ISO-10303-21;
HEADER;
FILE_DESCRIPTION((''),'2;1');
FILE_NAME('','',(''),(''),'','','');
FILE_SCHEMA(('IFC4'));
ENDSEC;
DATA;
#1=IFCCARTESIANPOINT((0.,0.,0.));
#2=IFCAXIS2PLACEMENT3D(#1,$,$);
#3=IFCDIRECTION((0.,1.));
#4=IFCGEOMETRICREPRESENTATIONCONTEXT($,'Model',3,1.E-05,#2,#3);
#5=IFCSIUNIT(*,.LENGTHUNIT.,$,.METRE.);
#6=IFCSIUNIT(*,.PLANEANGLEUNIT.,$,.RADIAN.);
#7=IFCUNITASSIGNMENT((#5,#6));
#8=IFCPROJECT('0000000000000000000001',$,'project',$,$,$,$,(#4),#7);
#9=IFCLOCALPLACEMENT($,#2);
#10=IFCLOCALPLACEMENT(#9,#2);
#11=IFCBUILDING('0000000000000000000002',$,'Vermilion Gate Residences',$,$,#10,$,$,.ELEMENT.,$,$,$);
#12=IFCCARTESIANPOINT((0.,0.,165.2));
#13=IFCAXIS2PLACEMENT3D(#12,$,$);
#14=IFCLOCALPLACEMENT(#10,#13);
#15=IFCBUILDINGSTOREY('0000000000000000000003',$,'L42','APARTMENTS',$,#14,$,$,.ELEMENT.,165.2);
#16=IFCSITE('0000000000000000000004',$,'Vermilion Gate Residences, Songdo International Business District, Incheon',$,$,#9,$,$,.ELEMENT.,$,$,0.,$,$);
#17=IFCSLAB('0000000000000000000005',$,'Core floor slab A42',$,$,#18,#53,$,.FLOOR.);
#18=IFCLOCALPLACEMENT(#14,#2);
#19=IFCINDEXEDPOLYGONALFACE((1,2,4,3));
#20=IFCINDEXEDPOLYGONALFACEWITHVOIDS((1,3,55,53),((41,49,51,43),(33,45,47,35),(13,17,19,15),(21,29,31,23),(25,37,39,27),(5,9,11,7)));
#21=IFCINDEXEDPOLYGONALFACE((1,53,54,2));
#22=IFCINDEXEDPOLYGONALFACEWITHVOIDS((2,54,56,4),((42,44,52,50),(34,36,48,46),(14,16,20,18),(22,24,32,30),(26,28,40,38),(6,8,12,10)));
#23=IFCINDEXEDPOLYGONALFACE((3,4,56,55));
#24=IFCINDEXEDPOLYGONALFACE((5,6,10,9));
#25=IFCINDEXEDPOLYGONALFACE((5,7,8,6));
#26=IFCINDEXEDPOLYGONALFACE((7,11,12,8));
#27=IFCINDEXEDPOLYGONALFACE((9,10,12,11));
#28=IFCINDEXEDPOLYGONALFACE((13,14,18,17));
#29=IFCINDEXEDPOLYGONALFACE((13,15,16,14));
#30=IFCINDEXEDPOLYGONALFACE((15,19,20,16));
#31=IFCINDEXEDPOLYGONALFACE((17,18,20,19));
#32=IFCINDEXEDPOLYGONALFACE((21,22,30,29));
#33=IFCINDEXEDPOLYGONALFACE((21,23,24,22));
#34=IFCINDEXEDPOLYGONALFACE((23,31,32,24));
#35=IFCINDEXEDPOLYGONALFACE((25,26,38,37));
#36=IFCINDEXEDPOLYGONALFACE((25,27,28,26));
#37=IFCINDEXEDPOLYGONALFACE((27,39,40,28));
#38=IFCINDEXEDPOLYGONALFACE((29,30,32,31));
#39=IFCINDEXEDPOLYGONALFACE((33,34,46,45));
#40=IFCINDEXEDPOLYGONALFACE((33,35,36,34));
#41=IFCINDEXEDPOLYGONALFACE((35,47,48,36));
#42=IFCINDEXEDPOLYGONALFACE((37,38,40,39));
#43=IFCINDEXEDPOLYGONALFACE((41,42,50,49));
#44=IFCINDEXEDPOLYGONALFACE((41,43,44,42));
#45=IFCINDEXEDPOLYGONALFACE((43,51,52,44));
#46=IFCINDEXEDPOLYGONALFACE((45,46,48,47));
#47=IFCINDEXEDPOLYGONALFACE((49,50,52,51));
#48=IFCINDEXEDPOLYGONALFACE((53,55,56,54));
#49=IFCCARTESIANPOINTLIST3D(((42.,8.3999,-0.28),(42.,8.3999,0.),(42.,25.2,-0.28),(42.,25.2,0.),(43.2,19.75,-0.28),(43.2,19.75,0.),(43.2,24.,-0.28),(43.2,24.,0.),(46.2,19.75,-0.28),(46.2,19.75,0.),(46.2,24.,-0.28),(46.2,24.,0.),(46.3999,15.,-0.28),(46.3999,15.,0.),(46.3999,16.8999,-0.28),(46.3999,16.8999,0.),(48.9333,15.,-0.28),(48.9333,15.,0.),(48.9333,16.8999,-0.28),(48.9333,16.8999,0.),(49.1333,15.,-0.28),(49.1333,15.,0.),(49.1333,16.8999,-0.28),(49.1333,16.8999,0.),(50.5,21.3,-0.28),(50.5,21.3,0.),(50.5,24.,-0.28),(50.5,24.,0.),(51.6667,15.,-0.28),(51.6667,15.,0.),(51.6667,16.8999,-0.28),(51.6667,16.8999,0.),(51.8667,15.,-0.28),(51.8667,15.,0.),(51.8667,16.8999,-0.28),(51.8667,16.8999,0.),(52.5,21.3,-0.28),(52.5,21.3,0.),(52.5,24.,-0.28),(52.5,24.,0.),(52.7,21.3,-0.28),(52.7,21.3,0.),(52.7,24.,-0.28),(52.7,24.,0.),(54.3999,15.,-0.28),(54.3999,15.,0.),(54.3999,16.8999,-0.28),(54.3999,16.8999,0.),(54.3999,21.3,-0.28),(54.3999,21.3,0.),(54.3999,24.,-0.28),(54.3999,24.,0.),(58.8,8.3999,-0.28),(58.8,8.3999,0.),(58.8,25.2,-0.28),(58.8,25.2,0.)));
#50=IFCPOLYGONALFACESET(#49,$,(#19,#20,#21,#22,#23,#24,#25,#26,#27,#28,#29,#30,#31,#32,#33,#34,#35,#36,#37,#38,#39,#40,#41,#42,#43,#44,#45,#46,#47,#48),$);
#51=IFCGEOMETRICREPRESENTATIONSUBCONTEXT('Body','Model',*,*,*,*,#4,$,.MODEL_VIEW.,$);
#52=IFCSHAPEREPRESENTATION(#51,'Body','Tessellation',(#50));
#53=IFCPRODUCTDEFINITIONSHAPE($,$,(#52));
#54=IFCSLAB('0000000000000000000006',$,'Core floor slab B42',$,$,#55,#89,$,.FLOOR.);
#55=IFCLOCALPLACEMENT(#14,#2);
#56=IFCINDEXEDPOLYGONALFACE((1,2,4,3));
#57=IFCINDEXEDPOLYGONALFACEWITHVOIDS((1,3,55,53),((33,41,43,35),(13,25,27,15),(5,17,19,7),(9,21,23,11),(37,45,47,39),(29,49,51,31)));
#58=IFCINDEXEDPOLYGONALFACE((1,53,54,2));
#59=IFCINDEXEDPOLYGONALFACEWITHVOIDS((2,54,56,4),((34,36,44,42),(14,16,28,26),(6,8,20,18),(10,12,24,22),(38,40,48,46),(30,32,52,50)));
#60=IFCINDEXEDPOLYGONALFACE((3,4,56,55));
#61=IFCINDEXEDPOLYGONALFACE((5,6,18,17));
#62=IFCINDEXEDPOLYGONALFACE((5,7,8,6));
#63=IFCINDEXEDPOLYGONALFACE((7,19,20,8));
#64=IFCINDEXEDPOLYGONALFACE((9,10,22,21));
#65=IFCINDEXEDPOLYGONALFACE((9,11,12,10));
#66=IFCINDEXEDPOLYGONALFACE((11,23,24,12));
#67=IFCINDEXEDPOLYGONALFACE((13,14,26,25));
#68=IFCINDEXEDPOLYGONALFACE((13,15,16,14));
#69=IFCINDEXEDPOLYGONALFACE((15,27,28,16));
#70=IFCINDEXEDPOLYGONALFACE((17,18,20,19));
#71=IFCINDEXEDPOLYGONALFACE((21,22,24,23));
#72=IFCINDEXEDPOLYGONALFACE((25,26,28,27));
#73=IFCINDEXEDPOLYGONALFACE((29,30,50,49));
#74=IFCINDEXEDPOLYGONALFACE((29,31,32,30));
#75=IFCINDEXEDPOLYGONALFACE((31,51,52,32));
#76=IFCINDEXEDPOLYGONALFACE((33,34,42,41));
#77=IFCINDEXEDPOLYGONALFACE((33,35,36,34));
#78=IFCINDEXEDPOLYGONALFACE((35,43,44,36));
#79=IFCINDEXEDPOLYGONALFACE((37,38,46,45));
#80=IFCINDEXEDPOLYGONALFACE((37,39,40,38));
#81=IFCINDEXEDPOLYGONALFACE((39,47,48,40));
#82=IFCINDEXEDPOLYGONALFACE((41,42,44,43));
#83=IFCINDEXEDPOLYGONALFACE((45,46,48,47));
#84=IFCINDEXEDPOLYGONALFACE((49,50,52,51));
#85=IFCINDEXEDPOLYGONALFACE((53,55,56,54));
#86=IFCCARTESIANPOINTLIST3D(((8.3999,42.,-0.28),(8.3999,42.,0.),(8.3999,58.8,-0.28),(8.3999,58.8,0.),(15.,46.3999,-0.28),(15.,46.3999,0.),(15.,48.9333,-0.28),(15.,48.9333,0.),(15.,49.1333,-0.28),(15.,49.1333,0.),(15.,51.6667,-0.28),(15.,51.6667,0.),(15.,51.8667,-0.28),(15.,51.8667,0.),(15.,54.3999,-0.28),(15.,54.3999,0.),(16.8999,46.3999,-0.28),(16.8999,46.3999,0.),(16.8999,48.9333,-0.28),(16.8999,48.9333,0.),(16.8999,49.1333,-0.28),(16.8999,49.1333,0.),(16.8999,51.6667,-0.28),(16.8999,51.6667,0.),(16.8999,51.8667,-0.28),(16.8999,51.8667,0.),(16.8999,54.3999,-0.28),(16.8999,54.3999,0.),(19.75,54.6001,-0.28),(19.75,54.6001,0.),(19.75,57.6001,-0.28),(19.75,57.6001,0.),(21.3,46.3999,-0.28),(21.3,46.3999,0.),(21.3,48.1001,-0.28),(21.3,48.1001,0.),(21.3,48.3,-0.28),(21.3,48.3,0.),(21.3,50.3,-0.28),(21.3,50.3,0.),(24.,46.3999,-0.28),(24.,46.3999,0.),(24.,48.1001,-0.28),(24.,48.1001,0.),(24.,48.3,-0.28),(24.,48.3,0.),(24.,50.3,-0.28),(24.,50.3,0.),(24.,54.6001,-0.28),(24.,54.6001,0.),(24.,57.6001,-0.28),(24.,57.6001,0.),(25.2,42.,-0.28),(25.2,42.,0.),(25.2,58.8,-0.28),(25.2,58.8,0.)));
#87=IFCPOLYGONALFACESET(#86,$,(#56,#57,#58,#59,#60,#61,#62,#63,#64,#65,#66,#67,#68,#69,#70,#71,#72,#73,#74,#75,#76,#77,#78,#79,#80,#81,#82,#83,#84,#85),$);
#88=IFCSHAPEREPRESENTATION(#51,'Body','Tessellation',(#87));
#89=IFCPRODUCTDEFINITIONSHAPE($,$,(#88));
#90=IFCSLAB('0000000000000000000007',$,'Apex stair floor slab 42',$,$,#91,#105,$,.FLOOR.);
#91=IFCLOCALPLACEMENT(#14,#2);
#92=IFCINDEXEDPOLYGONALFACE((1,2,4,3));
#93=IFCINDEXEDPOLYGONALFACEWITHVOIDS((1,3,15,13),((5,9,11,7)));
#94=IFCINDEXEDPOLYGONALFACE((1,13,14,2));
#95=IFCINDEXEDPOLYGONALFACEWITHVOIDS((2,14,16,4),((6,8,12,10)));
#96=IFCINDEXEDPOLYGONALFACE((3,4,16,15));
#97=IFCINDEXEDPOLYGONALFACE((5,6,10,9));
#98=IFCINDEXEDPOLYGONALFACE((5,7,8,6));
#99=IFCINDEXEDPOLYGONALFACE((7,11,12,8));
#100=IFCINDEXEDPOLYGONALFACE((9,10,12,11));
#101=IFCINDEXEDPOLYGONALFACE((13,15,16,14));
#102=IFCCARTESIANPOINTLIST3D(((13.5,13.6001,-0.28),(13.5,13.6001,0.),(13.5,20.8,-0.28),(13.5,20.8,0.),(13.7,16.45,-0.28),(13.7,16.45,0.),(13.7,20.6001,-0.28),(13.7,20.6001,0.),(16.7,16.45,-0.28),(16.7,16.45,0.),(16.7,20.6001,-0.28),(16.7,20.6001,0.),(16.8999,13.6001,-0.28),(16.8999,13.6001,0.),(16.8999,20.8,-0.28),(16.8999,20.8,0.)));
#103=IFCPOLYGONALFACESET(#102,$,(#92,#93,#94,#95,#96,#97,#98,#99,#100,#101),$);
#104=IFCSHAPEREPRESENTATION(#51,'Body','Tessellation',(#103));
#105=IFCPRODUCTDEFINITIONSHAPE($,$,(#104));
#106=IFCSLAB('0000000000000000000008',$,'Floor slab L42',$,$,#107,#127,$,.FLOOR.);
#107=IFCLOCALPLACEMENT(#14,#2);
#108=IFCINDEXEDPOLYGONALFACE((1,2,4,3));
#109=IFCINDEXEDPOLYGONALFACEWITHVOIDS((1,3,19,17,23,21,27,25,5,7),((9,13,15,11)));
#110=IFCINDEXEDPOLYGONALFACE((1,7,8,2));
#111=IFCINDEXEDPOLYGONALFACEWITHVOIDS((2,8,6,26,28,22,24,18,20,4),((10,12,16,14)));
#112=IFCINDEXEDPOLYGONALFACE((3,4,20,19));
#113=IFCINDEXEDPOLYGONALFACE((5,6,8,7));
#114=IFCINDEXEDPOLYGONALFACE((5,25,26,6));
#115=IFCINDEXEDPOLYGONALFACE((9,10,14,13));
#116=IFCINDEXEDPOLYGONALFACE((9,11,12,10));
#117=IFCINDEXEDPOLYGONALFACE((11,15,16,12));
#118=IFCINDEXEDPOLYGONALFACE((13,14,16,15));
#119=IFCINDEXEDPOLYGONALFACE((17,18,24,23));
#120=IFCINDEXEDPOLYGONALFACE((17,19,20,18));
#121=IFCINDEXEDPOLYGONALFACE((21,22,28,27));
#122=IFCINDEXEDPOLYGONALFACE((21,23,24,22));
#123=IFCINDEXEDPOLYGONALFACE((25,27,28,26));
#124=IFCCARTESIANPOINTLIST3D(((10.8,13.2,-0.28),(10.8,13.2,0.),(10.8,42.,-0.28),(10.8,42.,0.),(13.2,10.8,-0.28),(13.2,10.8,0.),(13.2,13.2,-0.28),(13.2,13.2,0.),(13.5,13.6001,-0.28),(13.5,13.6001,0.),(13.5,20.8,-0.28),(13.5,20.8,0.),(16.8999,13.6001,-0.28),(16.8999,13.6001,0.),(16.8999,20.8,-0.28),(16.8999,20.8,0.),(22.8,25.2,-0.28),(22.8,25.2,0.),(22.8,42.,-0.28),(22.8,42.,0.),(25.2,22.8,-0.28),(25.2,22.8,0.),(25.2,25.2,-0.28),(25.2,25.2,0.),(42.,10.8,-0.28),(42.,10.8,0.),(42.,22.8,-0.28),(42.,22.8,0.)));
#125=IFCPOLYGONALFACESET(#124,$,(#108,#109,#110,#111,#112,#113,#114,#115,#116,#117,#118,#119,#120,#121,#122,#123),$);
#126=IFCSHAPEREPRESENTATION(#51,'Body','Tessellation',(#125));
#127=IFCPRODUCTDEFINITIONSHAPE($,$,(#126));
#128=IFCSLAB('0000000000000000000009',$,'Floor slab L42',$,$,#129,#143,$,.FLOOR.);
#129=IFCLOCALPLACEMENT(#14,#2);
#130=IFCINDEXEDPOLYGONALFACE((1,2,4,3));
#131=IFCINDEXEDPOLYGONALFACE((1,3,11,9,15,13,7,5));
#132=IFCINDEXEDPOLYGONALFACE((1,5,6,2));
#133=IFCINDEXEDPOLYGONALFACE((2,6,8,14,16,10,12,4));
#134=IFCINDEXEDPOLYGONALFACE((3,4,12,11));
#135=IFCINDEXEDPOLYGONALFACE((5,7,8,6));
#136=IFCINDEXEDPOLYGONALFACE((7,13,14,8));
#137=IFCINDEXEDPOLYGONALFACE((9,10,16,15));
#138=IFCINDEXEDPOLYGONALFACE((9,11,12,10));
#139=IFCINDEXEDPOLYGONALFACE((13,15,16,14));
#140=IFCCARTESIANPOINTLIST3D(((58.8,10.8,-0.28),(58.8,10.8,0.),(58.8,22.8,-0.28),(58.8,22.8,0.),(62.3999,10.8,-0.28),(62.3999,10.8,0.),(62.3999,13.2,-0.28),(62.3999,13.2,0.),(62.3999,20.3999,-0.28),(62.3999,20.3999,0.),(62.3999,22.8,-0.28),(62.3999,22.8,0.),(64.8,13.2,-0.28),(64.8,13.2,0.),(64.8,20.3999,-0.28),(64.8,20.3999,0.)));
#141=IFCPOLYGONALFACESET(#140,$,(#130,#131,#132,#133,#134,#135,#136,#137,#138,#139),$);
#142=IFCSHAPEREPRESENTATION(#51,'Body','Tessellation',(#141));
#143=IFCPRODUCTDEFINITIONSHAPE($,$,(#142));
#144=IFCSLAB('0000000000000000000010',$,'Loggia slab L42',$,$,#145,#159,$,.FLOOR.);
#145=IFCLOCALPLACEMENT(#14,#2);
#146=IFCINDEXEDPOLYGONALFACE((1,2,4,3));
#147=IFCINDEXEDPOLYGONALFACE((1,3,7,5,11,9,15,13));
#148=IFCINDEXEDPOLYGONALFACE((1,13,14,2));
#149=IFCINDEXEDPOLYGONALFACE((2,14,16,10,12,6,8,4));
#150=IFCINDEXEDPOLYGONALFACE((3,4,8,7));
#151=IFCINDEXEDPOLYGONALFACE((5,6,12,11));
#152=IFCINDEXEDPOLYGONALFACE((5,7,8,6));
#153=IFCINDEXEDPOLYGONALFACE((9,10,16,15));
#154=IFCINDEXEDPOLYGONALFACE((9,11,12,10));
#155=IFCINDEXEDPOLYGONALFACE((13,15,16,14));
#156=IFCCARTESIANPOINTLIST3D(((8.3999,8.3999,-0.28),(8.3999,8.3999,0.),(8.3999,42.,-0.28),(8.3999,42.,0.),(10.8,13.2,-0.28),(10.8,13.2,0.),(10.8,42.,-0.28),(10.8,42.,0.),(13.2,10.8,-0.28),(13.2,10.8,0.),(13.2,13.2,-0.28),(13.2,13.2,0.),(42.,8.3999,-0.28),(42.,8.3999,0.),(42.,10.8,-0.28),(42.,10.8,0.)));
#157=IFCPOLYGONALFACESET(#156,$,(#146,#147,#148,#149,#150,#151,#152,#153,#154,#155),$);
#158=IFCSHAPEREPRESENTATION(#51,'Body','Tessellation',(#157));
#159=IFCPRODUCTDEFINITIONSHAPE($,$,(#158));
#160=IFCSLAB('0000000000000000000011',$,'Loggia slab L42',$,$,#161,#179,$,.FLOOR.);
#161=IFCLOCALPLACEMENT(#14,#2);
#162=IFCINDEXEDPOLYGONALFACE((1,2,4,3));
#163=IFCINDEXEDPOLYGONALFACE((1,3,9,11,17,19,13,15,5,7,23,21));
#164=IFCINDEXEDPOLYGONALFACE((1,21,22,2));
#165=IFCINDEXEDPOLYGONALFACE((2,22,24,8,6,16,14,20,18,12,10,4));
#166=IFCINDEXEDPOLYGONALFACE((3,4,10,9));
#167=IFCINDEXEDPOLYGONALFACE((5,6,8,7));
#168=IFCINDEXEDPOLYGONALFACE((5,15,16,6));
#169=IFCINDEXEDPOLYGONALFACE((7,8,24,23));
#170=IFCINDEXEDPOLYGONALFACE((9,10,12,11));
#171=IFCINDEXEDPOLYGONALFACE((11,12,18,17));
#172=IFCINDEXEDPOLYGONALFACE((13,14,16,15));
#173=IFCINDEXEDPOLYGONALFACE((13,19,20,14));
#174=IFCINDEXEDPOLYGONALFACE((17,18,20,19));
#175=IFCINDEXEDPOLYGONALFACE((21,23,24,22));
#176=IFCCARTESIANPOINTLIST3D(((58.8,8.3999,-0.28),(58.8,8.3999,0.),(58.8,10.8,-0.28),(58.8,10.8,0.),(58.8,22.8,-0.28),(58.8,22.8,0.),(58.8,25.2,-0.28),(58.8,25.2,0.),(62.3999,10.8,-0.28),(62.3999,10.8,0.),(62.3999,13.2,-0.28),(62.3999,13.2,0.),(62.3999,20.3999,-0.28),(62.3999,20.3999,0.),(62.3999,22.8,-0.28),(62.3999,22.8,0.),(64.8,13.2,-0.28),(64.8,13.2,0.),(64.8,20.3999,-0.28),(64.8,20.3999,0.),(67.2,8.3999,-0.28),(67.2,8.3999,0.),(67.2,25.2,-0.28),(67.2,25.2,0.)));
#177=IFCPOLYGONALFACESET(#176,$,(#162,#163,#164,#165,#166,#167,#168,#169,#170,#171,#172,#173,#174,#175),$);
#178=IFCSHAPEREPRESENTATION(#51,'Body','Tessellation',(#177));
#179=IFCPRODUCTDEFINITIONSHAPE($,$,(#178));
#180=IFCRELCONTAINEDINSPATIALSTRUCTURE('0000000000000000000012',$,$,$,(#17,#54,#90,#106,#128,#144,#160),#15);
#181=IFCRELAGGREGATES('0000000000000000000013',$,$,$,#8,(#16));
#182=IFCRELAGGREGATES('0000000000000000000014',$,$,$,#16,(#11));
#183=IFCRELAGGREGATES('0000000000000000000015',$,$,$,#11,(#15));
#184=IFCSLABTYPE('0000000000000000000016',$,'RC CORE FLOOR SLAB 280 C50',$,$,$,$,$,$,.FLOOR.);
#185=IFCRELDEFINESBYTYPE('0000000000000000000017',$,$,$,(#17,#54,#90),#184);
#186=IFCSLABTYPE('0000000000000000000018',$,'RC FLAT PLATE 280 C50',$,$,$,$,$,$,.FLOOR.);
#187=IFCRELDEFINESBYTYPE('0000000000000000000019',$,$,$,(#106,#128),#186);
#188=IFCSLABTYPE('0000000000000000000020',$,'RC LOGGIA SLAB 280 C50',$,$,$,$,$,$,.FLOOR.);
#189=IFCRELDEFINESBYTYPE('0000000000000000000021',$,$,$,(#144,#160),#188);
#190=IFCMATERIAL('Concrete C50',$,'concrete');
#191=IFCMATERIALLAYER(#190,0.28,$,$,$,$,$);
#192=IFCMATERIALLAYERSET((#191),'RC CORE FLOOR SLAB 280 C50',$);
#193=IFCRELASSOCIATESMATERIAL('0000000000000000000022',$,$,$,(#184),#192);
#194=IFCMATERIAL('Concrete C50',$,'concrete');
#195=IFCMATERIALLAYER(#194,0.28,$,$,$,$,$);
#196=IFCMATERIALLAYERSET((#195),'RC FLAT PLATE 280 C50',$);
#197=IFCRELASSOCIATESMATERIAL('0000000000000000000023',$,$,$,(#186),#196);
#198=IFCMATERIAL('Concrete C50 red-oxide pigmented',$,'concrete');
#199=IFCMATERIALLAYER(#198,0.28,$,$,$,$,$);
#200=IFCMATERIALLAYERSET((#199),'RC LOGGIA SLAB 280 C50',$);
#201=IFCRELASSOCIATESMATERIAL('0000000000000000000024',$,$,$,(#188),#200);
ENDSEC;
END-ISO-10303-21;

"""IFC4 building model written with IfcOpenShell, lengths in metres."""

from ifc_helpers import new_model, si_unit, direction, frame, origin, place, context, subcontext, project, spatial, polyline, outline, extrude, material, layer, layer_set, type_object, element, save


model = new_model("IFC4")

# Units and contexts
model_context = context("Model", 3, precision=1e-05, world=origin(), true_north=direction((0.0, 1.0)))
body_context = subcontext(model_context, "Body", "Model", "MODEL_VIEW")
ifc_project = project(units=[si_unit("LENGTHUNIT", "METRE"), si_unit("PLANEANGLEUNIT", "RADIAN")], contexts=[model_context])

# Site, building, storey
site_placement = place(None, origin())
site = spatial("IfcSite", under=ifc_project, at=site_placement, Name="Vermilion Gate Residences, Songdo International Business District, Incheon", CompositionType="ELEMENT", RefElevation=0.0)
building_placement = place(site_placement, origin())
building = spatial("IfcBuilding", under=site, at=building_placement, Name="Vermilion Gate Residences", CompositionType="ELEMENT")
storey_placement = place(building_placement, frame((0.0, 0.0, 165.2)))
storey = spatial("IfcBuildingStorey", under=building, at=storey_placement, Name="L42", Description="APARTMENTS", CompositionType="ELEMENT", Elevation=165.2)

# Slabs
ifc_material_1 = material(Name="Concrete C50", Category="concrete")
ifc_layer_1 = layer(ifc_material_1, 0.28)
ifc_layer_set_1 = layer_set([ifc_layer_1], Name="RC CORE FLOOR SLAB 280 C50")
slab_type_1 = type_object("IfcSlabType", Name="RC CORE FLOOR SLAB 280 C50", PredefinedType="FLOOR", material=ifc_layer_set_1)
slab_1_placement = place(storey_placement, frame((0.0, 0.0, -0.28)))
element("IfcSlab", 1, at=slab_1_placement, inside=storey, type_object=slab_type_1, Name="Core floor slab A42", PredefinedType="FLOOR", context=body_context, shape_type="SweptSolid", body=[
    extrude(outline(polyline([(42.0, 8.3999), (58.8, 8.3999), (58.8, 25.2), (42.0, 25.2), (42.0, 8.3999)]), holes=[polyline([(46.3999, 15.0), (46.3999, 16.8999), (48.9333, 16.8999), (48.9333, 15.0), (46.3999, 15.0)]), polyline([(49.1333, 16.8999), (51.6667, 16.8999), (51.6667, 15.0), (49.1333, 15.0), (49.1333, 16.8999)]), polyline([(51.8667, 16.8999), (54.3999, 16.8999), (54.3999, 15.0), (51.8667, 15.0), (51.8667, 16.8999)]), polyline([(43.2, 19.75), (43.2, 24.0), (46.2, 24.0), (46.2, 19.75), (43.2, 19.75)]), polyline([(50.5, 24.0), (52.5, 24.0), (52.5, 21.3), (50.5, 21.3), (50.5, 24.0)]), polyline([(52.7, 24.0), (54.3999, 24.0), (54.3999, 21.3), (52.7, 21.3), (52.7, 24.0)])]), origin(), (0.0, 0.0, 1.0), 0.28),
])
slab_2_placement = place(storey_placement, frame((0.0, 0.0, -0.28)))
element("IfcSlab", 2, at=slab_2_placement, inside=storey, type_object=slab_type_1, Name="Core floor slab B42", PredefinedType="FLOOR", context=body_context, shape_type="SweptSolid", body=[
    extrude(outline(polyline([(8.3999, 42.0), (25.2, 42.0), (25.2, 58.8), (8.3999, 58.8), (8.3999, 42.0)]), holes=[polyline([(21.3, 46.3999), (21.3, 48.1001), (24.0, 48.1001), (24.0, 46.3999), (21.3, 46.3999)]), polyline([(15.0, 48.9333), (16.8999, 48.9333), (16.8999, 46.3999), (15.0, 46.3999), (15.0, 48.9333)]), polyline([(21.3, 50.3), (24.0, 50.3), (24.0, 48.3), (21.3, 48.3), (21.3, 50.3)]), polyline([(15.0, 49.1333), (15.0, 51.6667), (16.8999, 51.6667), (16.8999, 49.1333), (15.0, 49.1333)]), polyline([(15.0, 54.3999), (16.8999, 54.3999), (16.8999, 51.8667), (15.0, 51.8667), (15.0, 54.3999)]), polyline([(19.75, 57.6001), (24.0, 57.6001), (24.0, 54.6001), (19.75, 54.6001), (19.75, 57.6001)])]), origin(), (0.0, 0.0, 1.0), 0.28),
])
slab_3_placement = place(storey_placement, frame((0.0, 0.0, -0.28)))
element("IfcSlab", 3, at=slab_3_placement, inside=storey, type_object=slab_type_1, Name="Apex stair floor slab 42", PredefinedType="FLOOR", context=body_context, shape_type="SweptSolid", body=[
    extrude(outline(polyline([(13.5, 13.6001), (16.8999, 13.6001), (16.8999, 20.8), (13.5, 20.8), (13.5, 13.6001)]), holes=[polyline([(16.7, 20.6001), (16.7, 16.45), (13.7, 16.45), (13.7, 20.6001), (16.7, 20.6001)])]), origin(), (0.0, 0.0, 1.0), 0.28),
])
ifc_material_2 = material(Name="Concrete C50", Category="concrete")
ifc_layer_2 = layer(ifc_material_2, 0.28)
ifc_layer_set_2 = layer_set([ifc_layer_2], Name="RC FLAT PLATE 280 C50")
slab_type_2 = type_object("IfcSlabType", Name="RC FLAT PLATE 280 C50", PredefinedType="FLOOR", material=ifc_layer_set_2)
slab_4_placement = place(storey_placement, frame((0.0, 0.0, -0.28)))
element("IfcSlab", 4, at=slab_4_placement, inside=storey, type_object=slab_type_2, Name="Floor slab L42", PredefinedType="FLOOR", context=body_context, shape_type="SweptSolid", body=[
    extrude(outline(polyline([(22.8, 25.2), (22.8, 42.0), (10.8, 42.0), (10.8, 13.2), (13.2, 13.2), (13.2, 10.8), (42.0, 10.8), (42.0, 22.8), (25.2, 22.8), (25.2, 25.2), (22.8, 25.2)]), holes=[polyline([(13.5, 13.6001), (13.5, 20.8), (16.8999, 20.8), (16.8999, 13.6001), (13.5, 13.6001)])]), origin(), (0.0, 0.0, 1.0), 0.28),
])
slab_5_placement = place(storey_placement, frame((0.0, 0.0, -0.28)))
element("IfcSlab", 5, at=slab_5_placement, inside=storey, type_object=slab_type_2, Name="Floor slab L42", PredefinedType="FLOOR", context=body_context, shape_type="SweptSolid", body=[
    extrude(outline(polyline([(58.8, 22.8), (58.8, 10.8), (62.3999, 10.8), (62.3999, 13.2), (64.8, 13.2), (64.8, 20.3999), (62.3999, 20.3999), (62.3999, 22.8), (58.8, 22.8)])), origin(), (0.0, 0.0, 1.0), 0.28),
])
ifc_material_3 = material(Name="Concrete C50 red-oxide pigmented", Category="concrete")
ifc_layer_3 = layer(ifc_material_3, 0.28)
ifc_layer_set_3 = layer_set([ifc_layer_3], Name="RC LOGGIA SLAB 280 C50")
slab_type_3 = type_object("IfcSlabType", Name="RC LOGGIA SLAB 280 C50", PredefinedType="FLOOR", material=ifc_layer_set_3)
slab_6_placement = place(storey_placement, frame((0.0, 0.0, -0.28)))
element("IfcSlab", 6, at=slab_6_placement, inside=storey, type_object=slab_type_3, Name="Loggia slab L42", PredefinedType="FLOOR", context=body_context, shape_type="SweptSolid", body=[
    extrude(outline(polyline([(8.3999, 42.0), (8.3999, 8.3999), (42.0, 8.3999), (42.0, 10.8), (13.2, 10.8), (13.2, 13.2), (10.8, 13.2), (10.8, 42.0), (8.3999, 42.0)])), origin(), (0.0, 0.0, 1.0), 0.28),
])
slab_7_placement = place(storey_placement, frame((0.0, 0.0, -0.28)))
element("IfcSlab", 7, at=slab_7_placement, inside=storey, type_object=slab_type_3, Name="Loggia slab L42", PredefinedType="FLOOR", context=body_context, shape_type="SweptSolid", body=[
    extrude(outline(polyline([(64.8, 13.2), (62.3999, 13.2), (62.3999, 10.8), (58.8, 10.8), (58.8, 8.3999), (67.2, 8.3999), (67.2, 25.2), (58.8, 25.2), (58.8, 22.8), (62.3999, 22.8), (62.3999, 20.3999), (64.8, 20.3999), (64.8, 13.2)])), origin(), (0.0, 0.0, 1.0), 0.28),
])

save(model, "model.ifc")
